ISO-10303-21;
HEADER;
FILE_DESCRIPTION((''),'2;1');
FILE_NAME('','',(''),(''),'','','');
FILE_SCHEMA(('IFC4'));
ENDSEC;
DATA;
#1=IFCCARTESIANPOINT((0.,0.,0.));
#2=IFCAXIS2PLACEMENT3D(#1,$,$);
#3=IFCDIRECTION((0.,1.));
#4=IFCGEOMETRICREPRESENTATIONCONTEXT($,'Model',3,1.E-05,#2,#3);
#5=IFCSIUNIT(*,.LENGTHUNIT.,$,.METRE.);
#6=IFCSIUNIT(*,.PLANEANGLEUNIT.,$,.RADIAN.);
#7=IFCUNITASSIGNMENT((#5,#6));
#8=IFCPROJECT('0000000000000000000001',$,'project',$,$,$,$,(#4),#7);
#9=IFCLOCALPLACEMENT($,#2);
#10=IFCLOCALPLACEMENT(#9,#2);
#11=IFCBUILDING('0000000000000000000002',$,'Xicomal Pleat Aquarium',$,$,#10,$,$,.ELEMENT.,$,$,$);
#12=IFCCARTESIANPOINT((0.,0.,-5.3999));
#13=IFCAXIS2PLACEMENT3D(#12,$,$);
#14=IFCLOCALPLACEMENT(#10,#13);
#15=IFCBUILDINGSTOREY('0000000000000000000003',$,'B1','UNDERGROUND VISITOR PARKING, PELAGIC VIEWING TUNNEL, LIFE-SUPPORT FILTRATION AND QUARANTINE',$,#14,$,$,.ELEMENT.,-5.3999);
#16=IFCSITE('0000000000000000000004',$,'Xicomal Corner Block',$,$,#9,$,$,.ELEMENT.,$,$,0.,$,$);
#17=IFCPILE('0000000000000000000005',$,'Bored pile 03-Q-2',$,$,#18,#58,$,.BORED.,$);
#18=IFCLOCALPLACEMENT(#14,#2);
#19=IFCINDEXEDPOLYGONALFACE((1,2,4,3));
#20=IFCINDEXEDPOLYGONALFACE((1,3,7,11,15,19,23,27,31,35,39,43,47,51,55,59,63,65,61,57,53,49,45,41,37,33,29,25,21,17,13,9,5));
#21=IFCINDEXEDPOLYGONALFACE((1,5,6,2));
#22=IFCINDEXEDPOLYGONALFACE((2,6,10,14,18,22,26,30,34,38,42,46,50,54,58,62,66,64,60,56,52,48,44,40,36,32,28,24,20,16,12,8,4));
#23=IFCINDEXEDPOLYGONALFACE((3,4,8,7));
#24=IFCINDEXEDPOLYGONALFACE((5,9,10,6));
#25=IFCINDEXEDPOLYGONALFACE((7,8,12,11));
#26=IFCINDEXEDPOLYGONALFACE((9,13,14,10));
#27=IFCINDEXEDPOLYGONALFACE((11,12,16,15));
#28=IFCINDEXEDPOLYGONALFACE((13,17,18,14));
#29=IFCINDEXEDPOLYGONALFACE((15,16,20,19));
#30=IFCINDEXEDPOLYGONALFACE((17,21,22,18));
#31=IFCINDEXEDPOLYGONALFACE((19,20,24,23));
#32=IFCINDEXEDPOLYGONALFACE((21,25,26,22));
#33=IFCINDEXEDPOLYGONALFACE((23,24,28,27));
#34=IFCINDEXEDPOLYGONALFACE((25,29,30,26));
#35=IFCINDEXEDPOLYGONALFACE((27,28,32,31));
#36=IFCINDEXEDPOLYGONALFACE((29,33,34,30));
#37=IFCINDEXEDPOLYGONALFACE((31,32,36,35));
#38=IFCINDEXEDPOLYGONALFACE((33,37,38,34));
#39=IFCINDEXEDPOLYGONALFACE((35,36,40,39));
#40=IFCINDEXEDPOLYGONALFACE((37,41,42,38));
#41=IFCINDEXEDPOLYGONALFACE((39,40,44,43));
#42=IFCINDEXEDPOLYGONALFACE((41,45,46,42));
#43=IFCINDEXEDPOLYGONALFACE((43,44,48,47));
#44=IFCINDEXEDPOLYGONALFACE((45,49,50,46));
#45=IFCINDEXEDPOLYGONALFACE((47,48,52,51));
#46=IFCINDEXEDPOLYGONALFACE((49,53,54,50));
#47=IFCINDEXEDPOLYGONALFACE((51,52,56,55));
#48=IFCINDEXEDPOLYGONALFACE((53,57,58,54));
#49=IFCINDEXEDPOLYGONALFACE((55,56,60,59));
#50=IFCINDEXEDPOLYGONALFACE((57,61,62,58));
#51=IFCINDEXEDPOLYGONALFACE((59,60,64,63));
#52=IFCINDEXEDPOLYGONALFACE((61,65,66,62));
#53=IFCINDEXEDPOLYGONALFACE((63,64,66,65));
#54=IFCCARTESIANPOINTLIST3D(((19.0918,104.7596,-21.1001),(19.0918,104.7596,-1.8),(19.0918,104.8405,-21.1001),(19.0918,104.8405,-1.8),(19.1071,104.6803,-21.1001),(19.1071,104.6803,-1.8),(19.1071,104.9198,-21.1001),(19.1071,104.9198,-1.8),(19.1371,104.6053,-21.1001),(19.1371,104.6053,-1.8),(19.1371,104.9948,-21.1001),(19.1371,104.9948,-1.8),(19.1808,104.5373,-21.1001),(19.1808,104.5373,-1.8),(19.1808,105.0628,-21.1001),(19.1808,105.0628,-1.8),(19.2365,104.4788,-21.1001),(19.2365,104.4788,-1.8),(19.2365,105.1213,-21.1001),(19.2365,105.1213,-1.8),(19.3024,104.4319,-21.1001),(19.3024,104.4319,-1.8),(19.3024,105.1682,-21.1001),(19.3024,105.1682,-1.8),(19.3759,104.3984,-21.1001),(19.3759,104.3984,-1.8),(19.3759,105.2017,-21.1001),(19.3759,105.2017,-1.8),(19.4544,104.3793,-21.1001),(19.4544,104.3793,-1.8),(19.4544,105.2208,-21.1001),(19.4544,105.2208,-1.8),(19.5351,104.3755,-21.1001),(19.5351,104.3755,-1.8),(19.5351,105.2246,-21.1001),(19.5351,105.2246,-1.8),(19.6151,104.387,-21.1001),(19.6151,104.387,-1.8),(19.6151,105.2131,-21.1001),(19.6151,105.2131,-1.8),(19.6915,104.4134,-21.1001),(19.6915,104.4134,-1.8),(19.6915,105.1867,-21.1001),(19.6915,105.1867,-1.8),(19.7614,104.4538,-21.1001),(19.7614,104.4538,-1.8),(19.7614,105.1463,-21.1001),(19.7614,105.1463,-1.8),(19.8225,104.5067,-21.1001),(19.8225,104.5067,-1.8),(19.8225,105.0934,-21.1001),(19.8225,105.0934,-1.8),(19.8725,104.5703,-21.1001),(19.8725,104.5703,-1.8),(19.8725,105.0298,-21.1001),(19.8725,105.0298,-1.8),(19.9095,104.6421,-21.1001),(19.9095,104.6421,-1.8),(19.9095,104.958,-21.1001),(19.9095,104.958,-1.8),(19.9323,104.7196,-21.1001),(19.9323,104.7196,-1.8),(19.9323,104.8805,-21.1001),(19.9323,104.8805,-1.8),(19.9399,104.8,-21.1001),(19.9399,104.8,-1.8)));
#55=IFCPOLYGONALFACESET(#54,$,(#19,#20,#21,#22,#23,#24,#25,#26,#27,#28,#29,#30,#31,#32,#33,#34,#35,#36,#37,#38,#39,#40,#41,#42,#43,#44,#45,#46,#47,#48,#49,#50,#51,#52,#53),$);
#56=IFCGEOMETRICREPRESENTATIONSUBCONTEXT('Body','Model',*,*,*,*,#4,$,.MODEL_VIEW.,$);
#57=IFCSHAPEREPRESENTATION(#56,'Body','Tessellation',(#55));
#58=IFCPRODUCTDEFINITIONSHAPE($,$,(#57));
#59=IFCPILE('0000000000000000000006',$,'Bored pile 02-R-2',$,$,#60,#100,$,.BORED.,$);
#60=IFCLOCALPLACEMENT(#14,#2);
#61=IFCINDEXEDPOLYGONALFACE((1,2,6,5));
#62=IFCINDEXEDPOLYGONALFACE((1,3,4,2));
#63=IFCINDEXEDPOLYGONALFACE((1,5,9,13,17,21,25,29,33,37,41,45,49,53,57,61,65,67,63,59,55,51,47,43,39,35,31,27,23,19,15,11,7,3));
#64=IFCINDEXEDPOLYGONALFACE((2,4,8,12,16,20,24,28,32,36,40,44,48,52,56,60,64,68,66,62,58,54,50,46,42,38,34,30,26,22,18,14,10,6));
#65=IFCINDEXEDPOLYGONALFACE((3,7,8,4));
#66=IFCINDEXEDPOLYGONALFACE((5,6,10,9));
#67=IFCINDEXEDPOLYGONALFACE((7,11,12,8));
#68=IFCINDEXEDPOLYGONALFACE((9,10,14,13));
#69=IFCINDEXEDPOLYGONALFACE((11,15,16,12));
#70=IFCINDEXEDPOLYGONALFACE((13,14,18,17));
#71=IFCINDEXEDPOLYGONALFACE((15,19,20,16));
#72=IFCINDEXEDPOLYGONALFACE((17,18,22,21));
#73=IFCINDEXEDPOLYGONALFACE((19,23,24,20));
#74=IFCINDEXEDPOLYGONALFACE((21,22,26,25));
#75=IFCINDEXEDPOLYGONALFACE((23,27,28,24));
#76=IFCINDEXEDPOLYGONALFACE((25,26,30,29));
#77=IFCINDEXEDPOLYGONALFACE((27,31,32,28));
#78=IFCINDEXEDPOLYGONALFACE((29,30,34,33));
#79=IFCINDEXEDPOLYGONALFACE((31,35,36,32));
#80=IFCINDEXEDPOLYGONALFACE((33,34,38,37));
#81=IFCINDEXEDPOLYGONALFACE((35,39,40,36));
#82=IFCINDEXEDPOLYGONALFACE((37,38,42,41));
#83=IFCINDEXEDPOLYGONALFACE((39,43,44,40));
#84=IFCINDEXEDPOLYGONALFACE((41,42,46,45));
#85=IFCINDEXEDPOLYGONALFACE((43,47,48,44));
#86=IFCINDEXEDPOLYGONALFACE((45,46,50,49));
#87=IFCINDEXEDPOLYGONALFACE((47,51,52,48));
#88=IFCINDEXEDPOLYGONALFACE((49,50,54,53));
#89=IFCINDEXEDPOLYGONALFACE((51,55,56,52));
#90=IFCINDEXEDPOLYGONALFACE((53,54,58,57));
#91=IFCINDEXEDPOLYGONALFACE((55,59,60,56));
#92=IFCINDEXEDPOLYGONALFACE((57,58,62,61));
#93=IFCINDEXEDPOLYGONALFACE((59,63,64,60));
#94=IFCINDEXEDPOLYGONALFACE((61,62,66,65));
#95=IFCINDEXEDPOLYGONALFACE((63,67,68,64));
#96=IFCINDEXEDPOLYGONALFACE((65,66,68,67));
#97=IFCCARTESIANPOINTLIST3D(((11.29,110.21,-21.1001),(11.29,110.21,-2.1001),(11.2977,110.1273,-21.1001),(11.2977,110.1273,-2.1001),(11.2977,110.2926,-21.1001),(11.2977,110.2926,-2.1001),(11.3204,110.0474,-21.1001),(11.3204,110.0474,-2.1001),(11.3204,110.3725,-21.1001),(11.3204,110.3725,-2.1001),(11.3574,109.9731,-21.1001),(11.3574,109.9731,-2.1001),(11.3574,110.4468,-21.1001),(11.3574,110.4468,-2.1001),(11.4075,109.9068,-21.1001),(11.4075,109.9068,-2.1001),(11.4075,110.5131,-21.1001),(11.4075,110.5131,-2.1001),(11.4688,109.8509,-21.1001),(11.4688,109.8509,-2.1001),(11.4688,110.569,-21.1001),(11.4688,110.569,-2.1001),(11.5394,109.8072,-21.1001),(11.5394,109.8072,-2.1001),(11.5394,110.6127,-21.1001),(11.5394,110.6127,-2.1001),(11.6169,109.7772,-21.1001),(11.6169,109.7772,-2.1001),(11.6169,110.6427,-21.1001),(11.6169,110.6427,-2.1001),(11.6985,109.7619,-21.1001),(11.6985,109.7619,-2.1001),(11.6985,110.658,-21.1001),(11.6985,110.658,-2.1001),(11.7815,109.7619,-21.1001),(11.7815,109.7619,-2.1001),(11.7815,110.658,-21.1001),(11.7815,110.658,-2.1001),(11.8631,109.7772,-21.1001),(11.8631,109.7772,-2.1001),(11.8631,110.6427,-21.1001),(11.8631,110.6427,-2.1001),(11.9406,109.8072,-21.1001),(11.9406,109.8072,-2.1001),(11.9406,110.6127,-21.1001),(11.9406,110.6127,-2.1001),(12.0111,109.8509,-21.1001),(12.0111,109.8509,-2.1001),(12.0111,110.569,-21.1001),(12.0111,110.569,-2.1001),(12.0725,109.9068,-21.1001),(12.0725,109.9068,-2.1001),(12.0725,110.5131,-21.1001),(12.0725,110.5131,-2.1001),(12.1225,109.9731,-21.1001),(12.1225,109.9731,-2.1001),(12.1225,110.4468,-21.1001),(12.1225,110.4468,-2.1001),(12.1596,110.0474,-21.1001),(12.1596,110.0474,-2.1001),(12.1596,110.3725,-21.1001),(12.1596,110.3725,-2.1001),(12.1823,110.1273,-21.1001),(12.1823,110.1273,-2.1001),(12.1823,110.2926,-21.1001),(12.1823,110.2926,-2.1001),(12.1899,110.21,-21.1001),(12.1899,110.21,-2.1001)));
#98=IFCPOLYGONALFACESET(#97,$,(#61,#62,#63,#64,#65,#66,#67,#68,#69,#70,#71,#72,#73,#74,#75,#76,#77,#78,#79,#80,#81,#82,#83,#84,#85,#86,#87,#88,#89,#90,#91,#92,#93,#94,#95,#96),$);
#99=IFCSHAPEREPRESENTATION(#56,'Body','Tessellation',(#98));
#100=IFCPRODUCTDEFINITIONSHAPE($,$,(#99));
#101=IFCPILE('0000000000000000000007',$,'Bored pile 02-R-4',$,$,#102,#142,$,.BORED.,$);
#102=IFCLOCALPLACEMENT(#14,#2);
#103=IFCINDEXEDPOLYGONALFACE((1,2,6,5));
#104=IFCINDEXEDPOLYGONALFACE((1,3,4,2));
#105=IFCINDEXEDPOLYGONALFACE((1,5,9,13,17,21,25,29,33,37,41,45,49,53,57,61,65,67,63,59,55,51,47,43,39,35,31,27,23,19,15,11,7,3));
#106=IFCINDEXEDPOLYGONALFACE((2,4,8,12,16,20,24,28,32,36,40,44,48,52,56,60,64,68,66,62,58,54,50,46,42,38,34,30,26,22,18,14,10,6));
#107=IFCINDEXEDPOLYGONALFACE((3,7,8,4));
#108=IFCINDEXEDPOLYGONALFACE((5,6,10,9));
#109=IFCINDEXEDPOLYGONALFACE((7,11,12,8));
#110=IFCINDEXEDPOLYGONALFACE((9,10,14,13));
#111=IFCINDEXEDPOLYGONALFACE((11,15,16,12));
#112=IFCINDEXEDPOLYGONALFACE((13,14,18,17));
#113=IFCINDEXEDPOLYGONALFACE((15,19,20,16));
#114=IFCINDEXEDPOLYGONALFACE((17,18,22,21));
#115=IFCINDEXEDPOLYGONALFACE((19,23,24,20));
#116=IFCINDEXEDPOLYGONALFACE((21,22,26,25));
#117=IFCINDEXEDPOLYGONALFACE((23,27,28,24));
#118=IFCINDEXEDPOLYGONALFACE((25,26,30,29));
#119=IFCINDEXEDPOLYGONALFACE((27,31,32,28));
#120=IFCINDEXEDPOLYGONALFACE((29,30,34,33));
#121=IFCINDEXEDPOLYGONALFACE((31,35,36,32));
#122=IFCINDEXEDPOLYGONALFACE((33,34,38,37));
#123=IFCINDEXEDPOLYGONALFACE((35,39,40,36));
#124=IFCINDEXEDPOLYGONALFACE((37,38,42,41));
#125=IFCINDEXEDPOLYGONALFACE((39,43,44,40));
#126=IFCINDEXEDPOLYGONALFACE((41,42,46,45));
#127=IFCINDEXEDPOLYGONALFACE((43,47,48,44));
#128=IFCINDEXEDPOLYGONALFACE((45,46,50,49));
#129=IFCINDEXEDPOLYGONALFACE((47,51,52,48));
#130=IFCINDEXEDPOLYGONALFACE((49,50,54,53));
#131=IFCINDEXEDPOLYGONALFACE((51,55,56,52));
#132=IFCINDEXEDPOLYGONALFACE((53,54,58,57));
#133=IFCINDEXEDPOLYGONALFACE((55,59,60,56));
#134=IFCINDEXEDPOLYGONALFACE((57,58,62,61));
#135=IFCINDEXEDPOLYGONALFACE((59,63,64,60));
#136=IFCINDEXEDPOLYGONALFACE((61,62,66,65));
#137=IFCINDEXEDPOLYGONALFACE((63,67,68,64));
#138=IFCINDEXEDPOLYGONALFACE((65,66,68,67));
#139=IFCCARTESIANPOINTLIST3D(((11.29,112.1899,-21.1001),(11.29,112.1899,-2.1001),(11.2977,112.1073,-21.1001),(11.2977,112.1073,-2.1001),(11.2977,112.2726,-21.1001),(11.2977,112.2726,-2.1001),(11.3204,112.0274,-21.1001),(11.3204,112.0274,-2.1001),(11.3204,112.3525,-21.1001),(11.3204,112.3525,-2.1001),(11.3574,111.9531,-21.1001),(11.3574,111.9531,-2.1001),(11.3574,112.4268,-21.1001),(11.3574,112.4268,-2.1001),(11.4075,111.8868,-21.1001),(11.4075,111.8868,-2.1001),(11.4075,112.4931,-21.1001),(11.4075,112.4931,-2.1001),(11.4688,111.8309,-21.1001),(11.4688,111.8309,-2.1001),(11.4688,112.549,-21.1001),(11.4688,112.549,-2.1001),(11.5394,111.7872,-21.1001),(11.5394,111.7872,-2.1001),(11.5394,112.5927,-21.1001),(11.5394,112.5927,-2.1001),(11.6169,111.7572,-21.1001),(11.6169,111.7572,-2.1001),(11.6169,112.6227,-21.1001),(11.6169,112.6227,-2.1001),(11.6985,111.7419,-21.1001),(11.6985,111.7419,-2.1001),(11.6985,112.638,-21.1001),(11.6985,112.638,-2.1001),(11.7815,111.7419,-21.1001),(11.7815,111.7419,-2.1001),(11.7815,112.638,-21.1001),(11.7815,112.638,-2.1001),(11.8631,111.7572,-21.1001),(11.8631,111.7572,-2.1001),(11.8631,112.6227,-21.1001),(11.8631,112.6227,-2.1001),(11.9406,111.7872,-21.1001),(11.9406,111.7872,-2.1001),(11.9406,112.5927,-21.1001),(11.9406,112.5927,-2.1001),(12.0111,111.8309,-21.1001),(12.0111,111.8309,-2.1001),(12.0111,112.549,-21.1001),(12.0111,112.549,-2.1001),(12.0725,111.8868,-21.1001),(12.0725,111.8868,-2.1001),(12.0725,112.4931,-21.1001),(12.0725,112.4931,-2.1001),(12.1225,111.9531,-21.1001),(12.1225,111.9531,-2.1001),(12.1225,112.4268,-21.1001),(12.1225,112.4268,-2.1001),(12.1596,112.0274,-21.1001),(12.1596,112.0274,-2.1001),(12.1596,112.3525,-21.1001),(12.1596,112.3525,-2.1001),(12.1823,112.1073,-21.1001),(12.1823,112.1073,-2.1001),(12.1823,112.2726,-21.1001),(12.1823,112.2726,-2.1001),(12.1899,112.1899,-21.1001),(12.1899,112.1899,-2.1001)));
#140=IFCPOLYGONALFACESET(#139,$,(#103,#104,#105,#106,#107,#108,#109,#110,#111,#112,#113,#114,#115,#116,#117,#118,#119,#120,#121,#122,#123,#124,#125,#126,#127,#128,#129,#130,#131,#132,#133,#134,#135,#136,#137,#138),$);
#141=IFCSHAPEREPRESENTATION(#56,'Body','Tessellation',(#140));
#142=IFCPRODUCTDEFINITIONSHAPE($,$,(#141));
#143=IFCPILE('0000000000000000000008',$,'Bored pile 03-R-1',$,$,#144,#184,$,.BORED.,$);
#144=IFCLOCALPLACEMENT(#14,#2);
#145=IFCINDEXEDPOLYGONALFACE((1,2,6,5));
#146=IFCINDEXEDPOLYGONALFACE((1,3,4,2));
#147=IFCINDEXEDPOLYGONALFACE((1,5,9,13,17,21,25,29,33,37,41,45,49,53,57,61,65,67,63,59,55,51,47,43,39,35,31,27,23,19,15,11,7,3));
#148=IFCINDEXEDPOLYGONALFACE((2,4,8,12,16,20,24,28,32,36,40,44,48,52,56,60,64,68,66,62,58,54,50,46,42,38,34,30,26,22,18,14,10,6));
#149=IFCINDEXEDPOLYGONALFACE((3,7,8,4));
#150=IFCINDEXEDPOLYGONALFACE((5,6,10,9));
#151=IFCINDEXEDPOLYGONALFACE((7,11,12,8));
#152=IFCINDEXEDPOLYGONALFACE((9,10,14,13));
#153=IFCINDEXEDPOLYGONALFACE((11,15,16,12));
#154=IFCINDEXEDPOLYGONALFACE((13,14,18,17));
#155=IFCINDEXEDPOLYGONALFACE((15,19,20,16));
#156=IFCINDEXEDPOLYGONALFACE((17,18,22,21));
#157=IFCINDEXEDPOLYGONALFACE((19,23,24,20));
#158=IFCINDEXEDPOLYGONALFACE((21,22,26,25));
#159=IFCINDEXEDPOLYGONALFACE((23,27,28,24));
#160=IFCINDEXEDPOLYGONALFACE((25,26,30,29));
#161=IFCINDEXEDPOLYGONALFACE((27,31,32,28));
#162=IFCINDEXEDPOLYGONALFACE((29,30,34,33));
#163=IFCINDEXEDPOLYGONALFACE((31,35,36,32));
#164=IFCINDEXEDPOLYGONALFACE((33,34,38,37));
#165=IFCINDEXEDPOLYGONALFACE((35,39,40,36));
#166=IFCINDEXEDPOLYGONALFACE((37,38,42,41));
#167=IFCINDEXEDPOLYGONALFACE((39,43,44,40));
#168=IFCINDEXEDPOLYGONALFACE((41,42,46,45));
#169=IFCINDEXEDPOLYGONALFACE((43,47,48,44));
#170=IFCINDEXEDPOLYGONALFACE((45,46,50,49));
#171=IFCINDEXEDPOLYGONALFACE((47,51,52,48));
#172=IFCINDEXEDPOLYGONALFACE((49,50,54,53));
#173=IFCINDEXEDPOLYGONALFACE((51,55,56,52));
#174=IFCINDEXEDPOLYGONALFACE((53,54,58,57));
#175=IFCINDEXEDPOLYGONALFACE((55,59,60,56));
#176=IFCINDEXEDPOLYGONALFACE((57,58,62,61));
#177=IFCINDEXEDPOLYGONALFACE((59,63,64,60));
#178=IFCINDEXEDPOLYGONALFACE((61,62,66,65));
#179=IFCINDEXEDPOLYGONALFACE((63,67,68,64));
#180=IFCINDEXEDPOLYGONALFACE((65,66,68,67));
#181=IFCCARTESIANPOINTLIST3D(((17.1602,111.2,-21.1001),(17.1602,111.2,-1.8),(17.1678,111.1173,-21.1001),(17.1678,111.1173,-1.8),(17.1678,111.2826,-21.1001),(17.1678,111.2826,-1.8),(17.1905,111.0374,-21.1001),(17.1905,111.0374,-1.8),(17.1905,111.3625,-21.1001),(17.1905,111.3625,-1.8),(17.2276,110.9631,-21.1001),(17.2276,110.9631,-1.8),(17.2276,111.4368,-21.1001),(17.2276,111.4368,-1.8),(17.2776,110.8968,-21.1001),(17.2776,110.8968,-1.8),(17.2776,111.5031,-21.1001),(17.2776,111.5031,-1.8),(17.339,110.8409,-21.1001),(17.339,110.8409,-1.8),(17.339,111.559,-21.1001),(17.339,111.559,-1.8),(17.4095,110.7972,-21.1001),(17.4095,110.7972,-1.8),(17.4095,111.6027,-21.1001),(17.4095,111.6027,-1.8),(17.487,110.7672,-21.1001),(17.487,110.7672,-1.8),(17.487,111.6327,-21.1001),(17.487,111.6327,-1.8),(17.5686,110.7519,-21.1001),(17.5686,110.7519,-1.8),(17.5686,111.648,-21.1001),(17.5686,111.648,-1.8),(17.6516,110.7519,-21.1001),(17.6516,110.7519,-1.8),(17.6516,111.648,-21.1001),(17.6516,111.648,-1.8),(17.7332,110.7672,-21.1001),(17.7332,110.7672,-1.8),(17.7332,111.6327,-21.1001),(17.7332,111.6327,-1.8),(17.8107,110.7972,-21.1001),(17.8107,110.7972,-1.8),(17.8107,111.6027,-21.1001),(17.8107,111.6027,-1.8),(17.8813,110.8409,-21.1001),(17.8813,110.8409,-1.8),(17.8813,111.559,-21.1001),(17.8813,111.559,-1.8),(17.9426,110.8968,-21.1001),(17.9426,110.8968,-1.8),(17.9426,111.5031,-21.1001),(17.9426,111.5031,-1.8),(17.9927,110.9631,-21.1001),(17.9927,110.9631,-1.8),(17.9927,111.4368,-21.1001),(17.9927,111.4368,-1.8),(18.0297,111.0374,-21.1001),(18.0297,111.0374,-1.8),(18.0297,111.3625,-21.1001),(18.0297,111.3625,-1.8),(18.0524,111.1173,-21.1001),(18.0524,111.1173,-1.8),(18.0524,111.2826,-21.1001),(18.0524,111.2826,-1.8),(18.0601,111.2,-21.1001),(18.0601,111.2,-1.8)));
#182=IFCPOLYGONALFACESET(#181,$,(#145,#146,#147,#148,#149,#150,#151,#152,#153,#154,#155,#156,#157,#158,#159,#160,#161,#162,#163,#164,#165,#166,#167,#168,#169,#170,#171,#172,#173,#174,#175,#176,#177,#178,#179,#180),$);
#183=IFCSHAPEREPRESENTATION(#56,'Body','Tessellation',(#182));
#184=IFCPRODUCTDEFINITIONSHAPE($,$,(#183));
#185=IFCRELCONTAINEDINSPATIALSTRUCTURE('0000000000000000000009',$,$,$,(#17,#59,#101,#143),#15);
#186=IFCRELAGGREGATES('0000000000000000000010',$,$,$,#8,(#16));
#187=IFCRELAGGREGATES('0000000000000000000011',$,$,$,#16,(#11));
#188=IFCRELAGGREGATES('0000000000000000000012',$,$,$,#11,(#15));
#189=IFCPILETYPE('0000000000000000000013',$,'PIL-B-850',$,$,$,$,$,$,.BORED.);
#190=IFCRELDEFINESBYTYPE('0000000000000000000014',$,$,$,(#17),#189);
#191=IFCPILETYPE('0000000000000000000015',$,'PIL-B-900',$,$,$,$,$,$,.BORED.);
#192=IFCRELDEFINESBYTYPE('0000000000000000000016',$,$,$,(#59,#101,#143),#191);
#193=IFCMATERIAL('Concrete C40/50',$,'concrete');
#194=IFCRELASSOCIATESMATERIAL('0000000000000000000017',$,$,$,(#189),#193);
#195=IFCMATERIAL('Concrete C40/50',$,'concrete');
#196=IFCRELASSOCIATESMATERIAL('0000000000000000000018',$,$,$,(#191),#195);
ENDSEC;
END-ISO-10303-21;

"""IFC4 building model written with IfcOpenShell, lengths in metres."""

from ifc_helpers import new_model, si_unit, direction, frame, origin, origin_2d, place, context, subcontext, project, spatial, circle, extrude, material, material_profile, profile_set, type_object, element, save


model = new_model("IFC4")

# Units and contexts
model_context = context("Model", 3, precision=1e-05, world=origin(), true_north=direction((0.0, 1.0)))
body_context = subcontext(model_context, "Body", "Model", "MODEL_VIEW")
ifc_project = project(units=[si_unit("LENGTHUNIT", "METRE"), si_unit("PLANEANGLEUNIT", "RADIAN")], contexts=[model_context])

# Site, building, storey
site_placement = place(None, origin())
site = spatial("IfcSite", under=ifc_project, at=site_placement, Name="Xicomal Corner Block", CompositionType="ELEMENT", RefElevation=0.0)
building_placement = place(site_placement, origin())
building = spatial("IfcBuilding", under=site, at=building_placement, Name="Xicomal Pleat Aquarium", CompositionType="ELEMENT")
storey_placement = place(building_placement, frame((0.0, 0.0, -5.3999)))
storey = spatial("IfcBuildingStorey", under=building, at=storey_placement, Name="B1", Description="UNDERGROUND VISITOR PARKING, PELAGIC VIEWING TUNNEL, LIFE-SUPPORT FILTRATION AND QUARANTINE", CompositionType="ELEMENT", Elevation=-5.3999)

# Piles
ifc_material_1 = material(Name="Concrete C40/50", Category="concrete")
ifc_material_profile_1 = material_profile(ifc_material_1, circle(Radius=0.425, at=origin_2d()), Name="BORED PILE D850")
ifc_profile_set_1 = profile_set([ifc_material_profile_1], Name="Concrete C40/50")
pile_type_1 = type_object("IfcPileType", Name="PIL-B-850", PredefinedType="BORED", material=ifc_profile_set_1)
for number, where, z_axis, x_axis, name in (
    (1, (19.5149, 104.8, -1.8), (0.0, 0.0, -1.0), (1.0, 0.0, 0.0), "Bored pile 03-Q-2"),
):
    element("IfcPile", number, at=place(storey_placement, frame(where, z_axis=z_axis, x_axis=x_axis)), inside=storey, type_object=pile_type_1, Name=name, PredefinedType="BORED", context=body_context, shape_type="SweptSolid", body=[
        extrude(circle(Radius=0.425, at=origin_2d()), origin(), (0.0, 0.0, 1.0), 19.3),
    ])
ifc_material_2 = material(Name="Concrete C40/50", Category="concrete")
ifc_material_profile_2 = material_profile(ifc_material_2, circle(Radius=0.45, at=origin_2d()), Name="BORED PILE D900")
ifc_profile_set_2 = profile_set([ifc_material_profile_2], Name="Concrete C40/50")
pile_type_2 = type_object("IfcPileType", Name="PIL-B-900", PredefinedType="BORED", material=ifc_profile_set_2)
for number, where, z_axis, x_axis, name in (
    (2, (11.74, 110.21, -2.1001), (0.0, 0.0, -1.0), (1.0, 0.0, 0.0), "Bored pile 02-R-2"),
    (3, (11.74, 112.1899, -2.1001), (0.0, 0.0, -1.0), (1.0, 0.0, 0.0), "Bored pile 02-R-4"),
):
    element("IfcPile", number, at=place(storey_placement, frame(where, z_axis=z_axis, x_axis=x_axis)), inside=storey, type_object=pile_type_2, Name=name, PredefinedType="BORED", context=body_context, shape_type="SweptSolid", body=[
        extrude(circle(Radius=0.45, at=origin_2d()), origin(), (0.0, 0.0, 1.0), 19.0),
    ])
for number, where, z_axis, x_axis, name in (
    (4, (17.6101, 111.2, -1.8), (0.0, 0.0, -1.0), (1.0, 0.0, 0.0), "Bored pile 03-R-1"),
):
    element("IfcPile", number, at=place(storey_placement, frame(where, z_axis=z_axis, x_axis=x_axis)), inside=storey, type_object=pile_type_2, Name=name, PredefinedType="BORED", context=body_context, shape_type="SweptSolid", body=[
        extrude(circle(Radius=0.45, at=origin_2d()), origin(), (0.0, 0.0, 1.0), 19.3),
    ])

save(model, "model.ifc")
